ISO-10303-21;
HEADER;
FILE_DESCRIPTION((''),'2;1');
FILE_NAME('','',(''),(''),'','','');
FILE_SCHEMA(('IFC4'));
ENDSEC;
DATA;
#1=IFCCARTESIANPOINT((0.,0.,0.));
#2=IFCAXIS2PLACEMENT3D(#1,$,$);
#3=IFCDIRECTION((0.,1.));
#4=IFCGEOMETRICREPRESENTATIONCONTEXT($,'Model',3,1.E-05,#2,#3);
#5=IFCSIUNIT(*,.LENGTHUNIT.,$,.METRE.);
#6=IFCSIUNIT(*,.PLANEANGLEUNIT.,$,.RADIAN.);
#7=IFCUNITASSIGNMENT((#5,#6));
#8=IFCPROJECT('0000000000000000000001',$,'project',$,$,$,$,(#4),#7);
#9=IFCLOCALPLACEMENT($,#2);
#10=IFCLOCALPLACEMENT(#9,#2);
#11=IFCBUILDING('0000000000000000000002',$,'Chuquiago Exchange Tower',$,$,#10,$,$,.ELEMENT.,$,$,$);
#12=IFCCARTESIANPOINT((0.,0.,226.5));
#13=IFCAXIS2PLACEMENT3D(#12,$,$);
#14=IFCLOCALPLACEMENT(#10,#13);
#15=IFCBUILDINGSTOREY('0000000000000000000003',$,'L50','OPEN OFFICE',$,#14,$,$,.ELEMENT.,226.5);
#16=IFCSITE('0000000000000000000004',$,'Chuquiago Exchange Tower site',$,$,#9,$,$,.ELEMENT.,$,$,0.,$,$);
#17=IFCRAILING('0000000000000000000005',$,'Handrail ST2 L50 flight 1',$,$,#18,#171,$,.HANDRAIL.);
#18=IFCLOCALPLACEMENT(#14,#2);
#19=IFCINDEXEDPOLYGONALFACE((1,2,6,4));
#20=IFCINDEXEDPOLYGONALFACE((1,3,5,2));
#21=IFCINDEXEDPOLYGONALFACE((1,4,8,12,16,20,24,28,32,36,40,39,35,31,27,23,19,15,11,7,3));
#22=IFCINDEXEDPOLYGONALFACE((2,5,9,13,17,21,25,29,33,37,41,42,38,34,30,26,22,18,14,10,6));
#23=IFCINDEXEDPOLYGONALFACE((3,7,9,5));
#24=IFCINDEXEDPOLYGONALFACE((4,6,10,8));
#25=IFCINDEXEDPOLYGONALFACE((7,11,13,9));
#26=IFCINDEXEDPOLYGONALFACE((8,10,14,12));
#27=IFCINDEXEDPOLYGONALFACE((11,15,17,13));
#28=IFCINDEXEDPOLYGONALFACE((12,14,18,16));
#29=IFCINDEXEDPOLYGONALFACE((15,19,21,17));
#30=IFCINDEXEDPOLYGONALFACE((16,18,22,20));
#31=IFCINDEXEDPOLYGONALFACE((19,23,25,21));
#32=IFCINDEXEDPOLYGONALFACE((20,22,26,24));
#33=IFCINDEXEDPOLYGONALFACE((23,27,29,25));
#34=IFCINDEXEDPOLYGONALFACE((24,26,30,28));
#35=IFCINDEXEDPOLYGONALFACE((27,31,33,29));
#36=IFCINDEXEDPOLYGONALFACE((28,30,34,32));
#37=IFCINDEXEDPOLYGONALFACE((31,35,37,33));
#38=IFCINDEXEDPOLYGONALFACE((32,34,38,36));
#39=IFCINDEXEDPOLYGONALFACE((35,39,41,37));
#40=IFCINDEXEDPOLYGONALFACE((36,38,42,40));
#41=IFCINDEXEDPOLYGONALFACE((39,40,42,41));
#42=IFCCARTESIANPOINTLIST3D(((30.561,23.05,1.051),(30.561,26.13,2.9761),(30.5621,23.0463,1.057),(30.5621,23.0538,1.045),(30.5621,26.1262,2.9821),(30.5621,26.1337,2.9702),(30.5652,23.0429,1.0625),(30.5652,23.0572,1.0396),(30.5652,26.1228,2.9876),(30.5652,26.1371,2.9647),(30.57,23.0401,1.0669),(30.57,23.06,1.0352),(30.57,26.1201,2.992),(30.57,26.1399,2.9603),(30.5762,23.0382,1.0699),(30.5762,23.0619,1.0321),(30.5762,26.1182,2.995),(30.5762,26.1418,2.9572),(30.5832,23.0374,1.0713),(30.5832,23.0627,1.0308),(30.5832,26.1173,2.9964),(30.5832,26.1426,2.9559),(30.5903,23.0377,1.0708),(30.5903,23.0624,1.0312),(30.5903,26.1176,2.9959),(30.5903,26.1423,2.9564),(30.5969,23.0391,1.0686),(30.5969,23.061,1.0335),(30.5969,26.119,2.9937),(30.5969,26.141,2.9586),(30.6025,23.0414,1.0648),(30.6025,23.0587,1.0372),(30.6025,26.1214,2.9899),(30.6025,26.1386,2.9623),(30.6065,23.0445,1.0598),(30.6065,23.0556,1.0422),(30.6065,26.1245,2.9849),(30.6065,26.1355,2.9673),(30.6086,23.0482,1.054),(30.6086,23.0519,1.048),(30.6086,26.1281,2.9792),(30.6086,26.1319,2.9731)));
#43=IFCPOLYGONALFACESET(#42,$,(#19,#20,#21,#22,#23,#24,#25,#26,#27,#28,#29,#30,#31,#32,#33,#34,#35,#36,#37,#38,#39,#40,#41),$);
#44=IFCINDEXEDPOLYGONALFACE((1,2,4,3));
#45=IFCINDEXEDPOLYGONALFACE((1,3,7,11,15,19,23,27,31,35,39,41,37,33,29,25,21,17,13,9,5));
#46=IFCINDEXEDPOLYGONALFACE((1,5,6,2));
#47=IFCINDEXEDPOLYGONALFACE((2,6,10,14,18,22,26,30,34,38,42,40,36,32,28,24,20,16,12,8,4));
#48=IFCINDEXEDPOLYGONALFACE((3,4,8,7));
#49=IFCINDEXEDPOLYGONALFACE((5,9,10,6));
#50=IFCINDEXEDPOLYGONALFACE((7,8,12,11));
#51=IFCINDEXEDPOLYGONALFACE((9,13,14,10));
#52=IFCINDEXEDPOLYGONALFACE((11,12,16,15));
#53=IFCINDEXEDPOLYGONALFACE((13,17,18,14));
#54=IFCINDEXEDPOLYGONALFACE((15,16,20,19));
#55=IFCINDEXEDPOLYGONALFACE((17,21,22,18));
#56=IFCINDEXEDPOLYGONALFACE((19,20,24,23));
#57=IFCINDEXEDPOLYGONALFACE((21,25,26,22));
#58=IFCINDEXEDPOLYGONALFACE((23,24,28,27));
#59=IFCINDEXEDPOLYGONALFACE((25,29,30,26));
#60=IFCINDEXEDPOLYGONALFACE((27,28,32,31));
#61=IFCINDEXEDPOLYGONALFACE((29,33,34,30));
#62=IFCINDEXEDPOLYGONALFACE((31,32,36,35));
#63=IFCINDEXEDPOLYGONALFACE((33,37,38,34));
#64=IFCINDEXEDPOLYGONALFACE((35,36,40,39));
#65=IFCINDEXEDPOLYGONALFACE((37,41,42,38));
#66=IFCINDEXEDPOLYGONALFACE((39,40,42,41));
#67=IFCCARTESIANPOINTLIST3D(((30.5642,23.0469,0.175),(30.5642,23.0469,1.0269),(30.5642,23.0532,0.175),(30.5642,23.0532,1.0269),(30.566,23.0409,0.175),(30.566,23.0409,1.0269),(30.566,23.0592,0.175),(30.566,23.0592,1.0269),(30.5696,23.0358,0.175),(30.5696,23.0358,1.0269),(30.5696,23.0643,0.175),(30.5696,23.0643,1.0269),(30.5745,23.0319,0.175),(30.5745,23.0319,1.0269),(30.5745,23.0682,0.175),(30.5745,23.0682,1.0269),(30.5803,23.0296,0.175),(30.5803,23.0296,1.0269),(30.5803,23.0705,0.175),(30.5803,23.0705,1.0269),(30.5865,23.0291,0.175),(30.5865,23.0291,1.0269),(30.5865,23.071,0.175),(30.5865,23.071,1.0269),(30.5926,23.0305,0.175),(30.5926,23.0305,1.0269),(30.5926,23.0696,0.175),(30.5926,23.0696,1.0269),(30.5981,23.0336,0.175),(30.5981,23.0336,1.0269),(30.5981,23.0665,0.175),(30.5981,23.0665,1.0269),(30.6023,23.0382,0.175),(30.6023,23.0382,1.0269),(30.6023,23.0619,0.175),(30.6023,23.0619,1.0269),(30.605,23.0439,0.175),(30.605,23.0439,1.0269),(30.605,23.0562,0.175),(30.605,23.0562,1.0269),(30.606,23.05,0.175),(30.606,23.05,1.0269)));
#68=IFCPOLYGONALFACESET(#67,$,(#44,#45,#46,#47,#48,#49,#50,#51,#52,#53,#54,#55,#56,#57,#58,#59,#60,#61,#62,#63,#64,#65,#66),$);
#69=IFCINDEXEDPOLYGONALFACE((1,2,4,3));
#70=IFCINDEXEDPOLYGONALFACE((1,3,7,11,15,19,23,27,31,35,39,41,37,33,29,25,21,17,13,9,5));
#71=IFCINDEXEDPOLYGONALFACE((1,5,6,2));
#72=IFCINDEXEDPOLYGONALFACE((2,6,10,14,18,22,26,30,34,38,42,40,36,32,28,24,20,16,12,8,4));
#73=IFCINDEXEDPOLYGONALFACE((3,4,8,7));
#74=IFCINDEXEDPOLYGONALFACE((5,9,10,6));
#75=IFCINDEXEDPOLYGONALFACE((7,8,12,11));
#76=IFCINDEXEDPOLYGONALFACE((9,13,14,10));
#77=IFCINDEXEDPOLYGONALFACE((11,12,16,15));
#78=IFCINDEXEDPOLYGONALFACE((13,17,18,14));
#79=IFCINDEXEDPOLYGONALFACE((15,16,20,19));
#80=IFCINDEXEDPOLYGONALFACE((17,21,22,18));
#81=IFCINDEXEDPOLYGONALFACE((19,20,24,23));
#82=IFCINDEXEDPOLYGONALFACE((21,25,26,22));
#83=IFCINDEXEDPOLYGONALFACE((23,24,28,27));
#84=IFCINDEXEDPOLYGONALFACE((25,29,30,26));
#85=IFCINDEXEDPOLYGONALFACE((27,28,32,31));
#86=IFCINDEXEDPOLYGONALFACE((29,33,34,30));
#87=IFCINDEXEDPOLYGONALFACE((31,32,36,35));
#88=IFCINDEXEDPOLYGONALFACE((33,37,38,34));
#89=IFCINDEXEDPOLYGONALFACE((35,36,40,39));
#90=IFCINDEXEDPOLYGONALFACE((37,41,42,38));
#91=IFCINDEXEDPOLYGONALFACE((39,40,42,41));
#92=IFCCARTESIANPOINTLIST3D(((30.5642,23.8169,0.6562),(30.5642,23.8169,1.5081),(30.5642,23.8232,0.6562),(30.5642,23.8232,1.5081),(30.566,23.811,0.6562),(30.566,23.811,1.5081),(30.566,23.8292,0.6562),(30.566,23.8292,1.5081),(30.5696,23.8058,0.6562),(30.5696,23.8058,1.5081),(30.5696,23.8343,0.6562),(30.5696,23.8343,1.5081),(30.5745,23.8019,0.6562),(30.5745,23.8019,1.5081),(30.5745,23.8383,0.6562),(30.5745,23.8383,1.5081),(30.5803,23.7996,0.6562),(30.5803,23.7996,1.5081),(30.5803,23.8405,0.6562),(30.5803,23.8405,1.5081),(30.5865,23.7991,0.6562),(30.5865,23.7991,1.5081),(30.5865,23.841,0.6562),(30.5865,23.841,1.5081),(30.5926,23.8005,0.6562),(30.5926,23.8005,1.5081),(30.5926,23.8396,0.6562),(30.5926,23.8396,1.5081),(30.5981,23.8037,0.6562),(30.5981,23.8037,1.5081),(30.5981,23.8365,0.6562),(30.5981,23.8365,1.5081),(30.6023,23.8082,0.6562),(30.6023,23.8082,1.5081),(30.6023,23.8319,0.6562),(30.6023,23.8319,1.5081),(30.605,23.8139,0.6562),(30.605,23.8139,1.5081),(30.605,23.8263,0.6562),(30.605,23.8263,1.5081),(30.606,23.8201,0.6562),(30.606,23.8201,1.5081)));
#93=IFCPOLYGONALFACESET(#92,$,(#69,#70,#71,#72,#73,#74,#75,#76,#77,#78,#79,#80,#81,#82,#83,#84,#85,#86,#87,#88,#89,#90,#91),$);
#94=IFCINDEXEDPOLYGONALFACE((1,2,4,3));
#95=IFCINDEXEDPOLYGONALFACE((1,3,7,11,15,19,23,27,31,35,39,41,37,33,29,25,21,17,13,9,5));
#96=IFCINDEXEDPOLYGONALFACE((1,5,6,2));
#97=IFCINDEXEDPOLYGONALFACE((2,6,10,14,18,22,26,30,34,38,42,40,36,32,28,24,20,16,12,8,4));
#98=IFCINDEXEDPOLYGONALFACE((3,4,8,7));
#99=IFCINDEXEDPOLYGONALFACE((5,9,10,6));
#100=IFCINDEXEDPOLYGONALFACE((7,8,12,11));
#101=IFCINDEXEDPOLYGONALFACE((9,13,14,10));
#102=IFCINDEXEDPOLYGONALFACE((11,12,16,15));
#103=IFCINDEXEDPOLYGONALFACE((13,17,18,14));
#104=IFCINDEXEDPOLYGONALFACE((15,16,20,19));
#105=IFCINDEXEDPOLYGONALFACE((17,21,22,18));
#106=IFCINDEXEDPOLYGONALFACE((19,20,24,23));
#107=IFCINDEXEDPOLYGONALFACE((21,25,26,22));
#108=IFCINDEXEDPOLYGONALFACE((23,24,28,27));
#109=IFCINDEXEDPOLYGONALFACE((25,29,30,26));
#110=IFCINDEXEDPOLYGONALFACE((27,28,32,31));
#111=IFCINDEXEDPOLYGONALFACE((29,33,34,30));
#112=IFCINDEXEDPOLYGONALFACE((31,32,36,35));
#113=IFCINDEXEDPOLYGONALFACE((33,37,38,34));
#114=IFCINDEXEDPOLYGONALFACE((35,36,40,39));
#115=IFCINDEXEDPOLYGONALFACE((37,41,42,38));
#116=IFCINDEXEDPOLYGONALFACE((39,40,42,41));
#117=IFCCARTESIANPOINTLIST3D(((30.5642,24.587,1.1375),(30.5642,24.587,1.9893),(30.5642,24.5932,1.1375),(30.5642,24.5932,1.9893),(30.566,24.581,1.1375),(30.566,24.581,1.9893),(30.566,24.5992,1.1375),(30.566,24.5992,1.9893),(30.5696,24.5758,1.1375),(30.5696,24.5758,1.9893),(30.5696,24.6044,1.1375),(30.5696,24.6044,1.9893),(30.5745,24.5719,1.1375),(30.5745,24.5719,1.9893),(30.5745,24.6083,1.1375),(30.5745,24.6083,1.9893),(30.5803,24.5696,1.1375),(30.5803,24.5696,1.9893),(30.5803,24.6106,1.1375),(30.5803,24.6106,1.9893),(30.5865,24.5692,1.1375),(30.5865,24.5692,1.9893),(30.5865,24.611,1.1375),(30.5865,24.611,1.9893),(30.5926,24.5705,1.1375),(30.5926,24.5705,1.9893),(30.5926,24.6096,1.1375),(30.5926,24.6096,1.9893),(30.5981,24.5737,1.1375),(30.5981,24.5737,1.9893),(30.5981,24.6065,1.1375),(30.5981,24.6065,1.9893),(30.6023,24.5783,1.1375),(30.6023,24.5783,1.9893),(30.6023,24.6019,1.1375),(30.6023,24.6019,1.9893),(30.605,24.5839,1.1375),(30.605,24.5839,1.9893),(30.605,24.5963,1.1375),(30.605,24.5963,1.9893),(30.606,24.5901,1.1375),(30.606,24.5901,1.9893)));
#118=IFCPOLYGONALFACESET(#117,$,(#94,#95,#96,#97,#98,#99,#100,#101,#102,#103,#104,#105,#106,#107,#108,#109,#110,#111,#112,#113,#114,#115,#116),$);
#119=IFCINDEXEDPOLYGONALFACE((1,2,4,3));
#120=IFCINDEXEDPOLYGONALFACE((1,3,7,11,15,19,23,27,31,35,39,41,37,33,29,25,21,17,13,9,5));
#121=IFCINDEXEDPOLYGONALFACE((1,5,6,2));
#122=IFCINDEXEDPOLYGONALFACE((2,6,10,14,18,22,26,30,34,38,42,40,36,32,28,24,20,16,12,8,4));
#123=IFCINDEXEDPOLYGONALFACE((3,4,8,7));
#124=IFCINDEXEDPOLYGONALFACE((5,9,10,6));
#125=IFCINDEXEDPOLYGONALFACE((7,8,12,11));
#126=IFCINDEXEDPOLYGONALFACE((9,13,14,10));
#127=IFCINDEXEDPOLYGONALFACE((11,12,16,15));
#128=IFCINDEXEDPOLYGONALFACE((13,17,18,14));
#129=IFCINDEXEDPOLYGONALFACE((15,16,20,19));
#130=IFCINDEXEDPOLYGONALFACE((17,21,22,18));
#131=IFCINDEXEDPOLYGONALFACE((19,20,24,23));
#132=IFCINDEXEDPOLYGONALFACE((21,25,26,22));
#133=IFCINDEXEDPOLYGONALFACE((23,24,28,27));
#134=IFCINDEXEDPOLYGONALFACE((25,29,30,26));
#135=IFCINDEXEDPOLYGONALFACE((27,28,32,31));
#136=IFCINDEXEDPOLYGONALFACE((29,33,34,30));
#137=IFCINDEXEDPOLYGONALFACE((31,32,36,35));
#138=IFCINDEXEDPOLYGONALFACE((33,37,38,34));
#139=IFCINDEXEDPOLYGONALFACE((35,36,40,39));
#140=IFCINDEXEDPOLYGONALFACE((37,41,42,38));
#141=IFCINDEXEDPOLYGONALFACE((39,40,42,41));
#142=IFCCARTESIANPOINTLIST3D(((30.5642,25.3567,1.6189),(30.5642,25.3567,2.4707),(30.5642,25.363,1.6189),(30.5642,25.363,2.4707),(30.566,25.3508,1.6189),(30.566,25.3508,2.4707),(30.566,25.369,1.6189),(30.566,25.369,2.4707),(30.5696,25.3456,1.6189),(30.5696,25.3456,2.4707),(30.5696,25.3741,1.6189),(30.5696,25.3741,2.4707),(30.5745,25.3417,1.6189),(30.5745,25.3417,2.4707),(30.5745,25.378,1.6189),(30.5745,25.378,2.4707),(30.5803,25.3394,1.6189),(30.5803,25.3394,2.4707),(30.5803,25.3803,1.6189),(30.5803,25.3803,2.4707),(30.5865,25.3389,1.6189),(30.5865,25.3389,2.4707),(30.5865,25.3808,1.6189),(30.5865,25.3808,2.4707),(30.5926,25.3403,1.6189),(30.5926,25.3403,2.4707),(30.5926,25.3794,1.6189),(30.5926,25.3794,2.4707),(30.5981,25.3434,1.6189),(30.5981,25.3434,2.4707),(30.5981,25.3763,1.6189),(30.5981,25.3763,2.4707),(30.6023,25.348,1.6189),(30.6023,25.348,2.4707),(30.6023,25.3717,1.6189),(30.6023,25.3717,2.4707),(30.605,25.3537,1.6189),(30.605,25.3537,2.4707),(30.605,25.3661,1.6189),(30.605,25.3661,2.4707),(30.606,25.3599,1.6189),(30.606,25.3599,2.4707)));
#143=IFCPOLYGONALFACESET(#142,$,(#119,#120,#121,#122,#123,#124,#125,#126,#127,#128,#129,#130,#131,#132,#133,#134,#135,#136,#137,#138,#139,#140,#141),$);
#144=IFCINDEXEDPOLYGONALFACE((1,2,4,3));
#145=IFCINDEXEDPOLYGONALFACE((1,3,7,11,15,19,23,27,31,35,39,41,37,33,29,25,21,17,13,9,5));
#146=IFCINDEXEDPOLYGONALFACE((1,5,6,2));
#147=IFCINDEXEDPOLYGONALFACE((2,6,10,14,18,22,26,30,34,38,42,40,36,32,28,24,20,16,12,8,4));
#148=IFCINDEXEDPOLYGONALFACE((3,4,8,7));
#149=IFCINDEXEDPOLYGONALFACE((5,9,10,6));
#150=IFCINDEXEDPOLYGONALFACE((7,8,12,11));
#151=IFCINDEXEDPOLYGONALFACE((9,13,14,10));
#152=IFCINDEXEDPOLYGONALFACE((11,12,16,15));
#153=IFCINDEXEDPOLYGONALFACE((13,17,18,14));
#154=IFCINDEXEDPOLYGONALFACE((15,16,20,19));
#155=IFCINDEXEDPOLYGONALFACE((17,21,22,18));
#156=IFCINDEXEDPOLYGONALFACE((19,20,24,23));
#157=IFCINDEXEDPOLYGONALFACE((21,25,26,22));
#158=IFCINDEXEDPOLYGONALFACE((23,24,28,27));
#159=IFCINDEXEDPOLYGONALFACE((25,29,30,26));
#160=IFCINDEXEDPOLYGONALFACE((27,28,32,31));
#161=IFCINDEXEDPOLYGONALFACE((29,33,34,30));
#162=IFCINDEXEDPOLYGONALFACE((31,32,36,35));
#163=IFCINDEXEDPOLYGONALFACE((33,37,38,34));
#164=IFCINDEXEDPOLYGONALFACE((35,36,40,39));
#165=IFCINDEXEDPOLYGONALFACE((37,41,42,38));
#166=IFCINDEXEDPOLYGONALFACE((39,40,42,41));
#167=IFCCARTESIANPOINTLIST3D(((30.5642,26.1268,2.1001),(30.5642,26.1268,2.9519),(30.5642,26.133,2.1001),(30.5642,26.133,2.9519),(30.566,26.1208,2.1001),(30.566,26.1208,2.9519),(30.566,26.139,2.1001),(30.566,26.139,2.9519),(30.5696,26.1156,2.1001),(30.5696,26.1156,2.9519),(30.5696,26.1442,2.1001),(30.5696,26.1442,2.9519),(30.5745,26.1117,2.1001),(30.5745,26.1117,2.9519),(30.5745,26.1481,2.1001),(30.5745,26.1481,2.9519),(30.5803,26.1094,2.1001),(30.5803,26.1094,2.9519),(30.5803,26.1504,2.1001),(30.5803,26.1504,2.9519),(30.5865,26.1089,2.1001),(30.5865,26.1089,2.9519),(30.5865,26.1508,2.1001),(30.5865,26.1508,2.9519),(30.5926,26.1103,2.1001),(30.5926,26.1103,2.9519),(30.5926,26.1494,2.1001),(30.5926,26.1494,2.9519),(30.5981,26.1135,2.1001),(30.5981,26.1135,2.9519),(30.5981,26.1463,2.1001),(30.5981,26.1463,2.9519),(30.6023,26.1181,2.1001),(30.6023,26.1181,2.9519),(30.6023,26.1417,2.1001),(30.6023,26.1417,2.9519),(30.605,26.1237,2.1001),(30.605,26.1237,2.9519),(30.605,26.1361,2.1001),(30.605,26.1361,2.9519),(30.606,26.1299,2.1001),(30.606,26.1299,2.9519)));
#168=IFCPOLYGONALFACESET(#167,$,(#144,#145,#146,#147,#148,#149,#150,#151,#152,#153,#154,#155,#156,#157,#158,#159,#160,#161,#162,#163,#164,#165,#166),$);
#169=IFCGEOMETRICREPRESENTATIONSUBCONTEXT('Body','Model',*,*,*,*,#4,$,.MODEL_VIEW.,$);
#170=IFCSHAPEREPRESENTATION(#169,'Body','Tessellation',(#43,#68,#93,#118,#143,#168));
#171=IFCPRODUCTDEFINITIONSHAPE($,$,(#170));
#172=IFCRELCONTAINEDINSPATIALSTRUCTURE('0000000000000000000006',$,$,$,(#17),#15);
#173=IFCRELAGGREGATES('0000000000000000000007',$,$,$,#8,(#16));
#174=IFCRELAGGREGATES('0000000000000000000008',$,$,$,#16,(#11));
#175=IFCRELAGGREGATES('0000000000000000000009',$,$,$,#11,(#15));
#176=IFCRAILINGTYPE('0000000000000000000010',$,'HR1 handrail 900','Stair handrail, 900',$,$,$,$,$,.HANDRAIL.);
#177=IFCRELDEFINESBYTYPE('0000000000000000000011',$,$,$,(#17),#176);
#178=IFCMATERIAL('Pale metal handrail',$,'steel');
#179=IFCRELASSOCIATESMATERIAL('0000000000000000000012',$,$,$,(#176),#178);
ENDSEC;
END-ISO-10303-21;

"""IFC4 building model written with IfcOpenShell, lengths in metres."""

from ifc_helpers import new_model, si_unit, direction, frame, origin, origin_2d, place, context, subcontext, project, spatial, circle, extrude, material, type_object, element, save


model = new_model("IFC4")

# Units and contexts
model_context = context("Model", 3, precision=1e-05, world=origin(), true_north=direction((0.0, 1.0)))
body_context = subcontext(model_context, "Body", "Model", "MODEL_VIEW")
ifc_project = project(units=[si_unit("LENGTHUNIT", "METRE"), si_unit("PLANEANGLEUNIT", "RADIAN")], contexts=[model_context])

# Site, building, storey
site_placement = place(None, origin())
site = spatial("IfcSite", under=ifc_project, at=site_placement, Name="Chuquiago Exchange Tower site", CompositionType="ELEMENT", RefElevation=0.0)
building_placement = place(site_placement, origin())
building = spatial("IfcBuilding", under=site, at=building_placement, Name="Chuquiago Exchange Tower", CompositionType="ELEMENT")
storey_placement = place(building_placement, frame((0.0, 0.0, 226.5)))
storey = spatial("IfcBuildingStorey", under=building, at=storey_placement, Name="L50", Description="OPEN OFFICE", CompositionType="ELEMENT", Elevation=226.5)

# Railing
ifc_material_1 = material(Name="Pale metal handrail", Category="steel")
railing_type_1 = type_object("IfcRailingType", Name="HR1 handrail 900", Description="Stair handrail, 900", PredefinedType="HANDRAIL", material=ifc_material_1)
for number, where, name in (
    (1, (30.585, 23.05, 0.175), "Handrail ST2 L50 flight 1"),
):
    element("IfcRailing", number, at=place(storey_placement, frame(where)), inside=storey, type_object=railing_type_1, Name=name, PredefinedType="HANDRAIL", context=body_context, shape_type="SweptSolid", body=[
        extrude(circle(Radius=0.0239, at=origin_2d()), frame((0.0, 0.0, 0.876), z_axis=(0.0, 0.847979, 0.530029), x_axis=(-1.0, 0.0, 0.0)), (0.0, 0.0, 1.0), 3.6321),
        extrude(circle(Radius=0.021, at=origin_2d()), origin(), (0.0, 0.0, 1.0), 0.8518),
        extrude(circle(Radius=0.021, at=origin_2d()), frame((0.0, 0.77, 0.4812)), (0.0, 0.0, 1.0), 0.8518),
        extrude(circle(Radius=0.021, at=origin_2d()), frame((0.0, 1.54, 0.9624)), (0.0, 0.0, 1.0), 0.8518),
        extrude(circle(Radius=0.021, at=origin_2d()), frame((0.0, 2.3098, 1.4438)), (0.0, 0.0, 1.0), 0.8518),
        extrude(circle(Radius=0.021, at=origin_2d()), frame((0.0, 3.0798, 1.925)), (0.0, 0.0, 1.0), 0.8518),
    ])

save(model, "model.ifc")
